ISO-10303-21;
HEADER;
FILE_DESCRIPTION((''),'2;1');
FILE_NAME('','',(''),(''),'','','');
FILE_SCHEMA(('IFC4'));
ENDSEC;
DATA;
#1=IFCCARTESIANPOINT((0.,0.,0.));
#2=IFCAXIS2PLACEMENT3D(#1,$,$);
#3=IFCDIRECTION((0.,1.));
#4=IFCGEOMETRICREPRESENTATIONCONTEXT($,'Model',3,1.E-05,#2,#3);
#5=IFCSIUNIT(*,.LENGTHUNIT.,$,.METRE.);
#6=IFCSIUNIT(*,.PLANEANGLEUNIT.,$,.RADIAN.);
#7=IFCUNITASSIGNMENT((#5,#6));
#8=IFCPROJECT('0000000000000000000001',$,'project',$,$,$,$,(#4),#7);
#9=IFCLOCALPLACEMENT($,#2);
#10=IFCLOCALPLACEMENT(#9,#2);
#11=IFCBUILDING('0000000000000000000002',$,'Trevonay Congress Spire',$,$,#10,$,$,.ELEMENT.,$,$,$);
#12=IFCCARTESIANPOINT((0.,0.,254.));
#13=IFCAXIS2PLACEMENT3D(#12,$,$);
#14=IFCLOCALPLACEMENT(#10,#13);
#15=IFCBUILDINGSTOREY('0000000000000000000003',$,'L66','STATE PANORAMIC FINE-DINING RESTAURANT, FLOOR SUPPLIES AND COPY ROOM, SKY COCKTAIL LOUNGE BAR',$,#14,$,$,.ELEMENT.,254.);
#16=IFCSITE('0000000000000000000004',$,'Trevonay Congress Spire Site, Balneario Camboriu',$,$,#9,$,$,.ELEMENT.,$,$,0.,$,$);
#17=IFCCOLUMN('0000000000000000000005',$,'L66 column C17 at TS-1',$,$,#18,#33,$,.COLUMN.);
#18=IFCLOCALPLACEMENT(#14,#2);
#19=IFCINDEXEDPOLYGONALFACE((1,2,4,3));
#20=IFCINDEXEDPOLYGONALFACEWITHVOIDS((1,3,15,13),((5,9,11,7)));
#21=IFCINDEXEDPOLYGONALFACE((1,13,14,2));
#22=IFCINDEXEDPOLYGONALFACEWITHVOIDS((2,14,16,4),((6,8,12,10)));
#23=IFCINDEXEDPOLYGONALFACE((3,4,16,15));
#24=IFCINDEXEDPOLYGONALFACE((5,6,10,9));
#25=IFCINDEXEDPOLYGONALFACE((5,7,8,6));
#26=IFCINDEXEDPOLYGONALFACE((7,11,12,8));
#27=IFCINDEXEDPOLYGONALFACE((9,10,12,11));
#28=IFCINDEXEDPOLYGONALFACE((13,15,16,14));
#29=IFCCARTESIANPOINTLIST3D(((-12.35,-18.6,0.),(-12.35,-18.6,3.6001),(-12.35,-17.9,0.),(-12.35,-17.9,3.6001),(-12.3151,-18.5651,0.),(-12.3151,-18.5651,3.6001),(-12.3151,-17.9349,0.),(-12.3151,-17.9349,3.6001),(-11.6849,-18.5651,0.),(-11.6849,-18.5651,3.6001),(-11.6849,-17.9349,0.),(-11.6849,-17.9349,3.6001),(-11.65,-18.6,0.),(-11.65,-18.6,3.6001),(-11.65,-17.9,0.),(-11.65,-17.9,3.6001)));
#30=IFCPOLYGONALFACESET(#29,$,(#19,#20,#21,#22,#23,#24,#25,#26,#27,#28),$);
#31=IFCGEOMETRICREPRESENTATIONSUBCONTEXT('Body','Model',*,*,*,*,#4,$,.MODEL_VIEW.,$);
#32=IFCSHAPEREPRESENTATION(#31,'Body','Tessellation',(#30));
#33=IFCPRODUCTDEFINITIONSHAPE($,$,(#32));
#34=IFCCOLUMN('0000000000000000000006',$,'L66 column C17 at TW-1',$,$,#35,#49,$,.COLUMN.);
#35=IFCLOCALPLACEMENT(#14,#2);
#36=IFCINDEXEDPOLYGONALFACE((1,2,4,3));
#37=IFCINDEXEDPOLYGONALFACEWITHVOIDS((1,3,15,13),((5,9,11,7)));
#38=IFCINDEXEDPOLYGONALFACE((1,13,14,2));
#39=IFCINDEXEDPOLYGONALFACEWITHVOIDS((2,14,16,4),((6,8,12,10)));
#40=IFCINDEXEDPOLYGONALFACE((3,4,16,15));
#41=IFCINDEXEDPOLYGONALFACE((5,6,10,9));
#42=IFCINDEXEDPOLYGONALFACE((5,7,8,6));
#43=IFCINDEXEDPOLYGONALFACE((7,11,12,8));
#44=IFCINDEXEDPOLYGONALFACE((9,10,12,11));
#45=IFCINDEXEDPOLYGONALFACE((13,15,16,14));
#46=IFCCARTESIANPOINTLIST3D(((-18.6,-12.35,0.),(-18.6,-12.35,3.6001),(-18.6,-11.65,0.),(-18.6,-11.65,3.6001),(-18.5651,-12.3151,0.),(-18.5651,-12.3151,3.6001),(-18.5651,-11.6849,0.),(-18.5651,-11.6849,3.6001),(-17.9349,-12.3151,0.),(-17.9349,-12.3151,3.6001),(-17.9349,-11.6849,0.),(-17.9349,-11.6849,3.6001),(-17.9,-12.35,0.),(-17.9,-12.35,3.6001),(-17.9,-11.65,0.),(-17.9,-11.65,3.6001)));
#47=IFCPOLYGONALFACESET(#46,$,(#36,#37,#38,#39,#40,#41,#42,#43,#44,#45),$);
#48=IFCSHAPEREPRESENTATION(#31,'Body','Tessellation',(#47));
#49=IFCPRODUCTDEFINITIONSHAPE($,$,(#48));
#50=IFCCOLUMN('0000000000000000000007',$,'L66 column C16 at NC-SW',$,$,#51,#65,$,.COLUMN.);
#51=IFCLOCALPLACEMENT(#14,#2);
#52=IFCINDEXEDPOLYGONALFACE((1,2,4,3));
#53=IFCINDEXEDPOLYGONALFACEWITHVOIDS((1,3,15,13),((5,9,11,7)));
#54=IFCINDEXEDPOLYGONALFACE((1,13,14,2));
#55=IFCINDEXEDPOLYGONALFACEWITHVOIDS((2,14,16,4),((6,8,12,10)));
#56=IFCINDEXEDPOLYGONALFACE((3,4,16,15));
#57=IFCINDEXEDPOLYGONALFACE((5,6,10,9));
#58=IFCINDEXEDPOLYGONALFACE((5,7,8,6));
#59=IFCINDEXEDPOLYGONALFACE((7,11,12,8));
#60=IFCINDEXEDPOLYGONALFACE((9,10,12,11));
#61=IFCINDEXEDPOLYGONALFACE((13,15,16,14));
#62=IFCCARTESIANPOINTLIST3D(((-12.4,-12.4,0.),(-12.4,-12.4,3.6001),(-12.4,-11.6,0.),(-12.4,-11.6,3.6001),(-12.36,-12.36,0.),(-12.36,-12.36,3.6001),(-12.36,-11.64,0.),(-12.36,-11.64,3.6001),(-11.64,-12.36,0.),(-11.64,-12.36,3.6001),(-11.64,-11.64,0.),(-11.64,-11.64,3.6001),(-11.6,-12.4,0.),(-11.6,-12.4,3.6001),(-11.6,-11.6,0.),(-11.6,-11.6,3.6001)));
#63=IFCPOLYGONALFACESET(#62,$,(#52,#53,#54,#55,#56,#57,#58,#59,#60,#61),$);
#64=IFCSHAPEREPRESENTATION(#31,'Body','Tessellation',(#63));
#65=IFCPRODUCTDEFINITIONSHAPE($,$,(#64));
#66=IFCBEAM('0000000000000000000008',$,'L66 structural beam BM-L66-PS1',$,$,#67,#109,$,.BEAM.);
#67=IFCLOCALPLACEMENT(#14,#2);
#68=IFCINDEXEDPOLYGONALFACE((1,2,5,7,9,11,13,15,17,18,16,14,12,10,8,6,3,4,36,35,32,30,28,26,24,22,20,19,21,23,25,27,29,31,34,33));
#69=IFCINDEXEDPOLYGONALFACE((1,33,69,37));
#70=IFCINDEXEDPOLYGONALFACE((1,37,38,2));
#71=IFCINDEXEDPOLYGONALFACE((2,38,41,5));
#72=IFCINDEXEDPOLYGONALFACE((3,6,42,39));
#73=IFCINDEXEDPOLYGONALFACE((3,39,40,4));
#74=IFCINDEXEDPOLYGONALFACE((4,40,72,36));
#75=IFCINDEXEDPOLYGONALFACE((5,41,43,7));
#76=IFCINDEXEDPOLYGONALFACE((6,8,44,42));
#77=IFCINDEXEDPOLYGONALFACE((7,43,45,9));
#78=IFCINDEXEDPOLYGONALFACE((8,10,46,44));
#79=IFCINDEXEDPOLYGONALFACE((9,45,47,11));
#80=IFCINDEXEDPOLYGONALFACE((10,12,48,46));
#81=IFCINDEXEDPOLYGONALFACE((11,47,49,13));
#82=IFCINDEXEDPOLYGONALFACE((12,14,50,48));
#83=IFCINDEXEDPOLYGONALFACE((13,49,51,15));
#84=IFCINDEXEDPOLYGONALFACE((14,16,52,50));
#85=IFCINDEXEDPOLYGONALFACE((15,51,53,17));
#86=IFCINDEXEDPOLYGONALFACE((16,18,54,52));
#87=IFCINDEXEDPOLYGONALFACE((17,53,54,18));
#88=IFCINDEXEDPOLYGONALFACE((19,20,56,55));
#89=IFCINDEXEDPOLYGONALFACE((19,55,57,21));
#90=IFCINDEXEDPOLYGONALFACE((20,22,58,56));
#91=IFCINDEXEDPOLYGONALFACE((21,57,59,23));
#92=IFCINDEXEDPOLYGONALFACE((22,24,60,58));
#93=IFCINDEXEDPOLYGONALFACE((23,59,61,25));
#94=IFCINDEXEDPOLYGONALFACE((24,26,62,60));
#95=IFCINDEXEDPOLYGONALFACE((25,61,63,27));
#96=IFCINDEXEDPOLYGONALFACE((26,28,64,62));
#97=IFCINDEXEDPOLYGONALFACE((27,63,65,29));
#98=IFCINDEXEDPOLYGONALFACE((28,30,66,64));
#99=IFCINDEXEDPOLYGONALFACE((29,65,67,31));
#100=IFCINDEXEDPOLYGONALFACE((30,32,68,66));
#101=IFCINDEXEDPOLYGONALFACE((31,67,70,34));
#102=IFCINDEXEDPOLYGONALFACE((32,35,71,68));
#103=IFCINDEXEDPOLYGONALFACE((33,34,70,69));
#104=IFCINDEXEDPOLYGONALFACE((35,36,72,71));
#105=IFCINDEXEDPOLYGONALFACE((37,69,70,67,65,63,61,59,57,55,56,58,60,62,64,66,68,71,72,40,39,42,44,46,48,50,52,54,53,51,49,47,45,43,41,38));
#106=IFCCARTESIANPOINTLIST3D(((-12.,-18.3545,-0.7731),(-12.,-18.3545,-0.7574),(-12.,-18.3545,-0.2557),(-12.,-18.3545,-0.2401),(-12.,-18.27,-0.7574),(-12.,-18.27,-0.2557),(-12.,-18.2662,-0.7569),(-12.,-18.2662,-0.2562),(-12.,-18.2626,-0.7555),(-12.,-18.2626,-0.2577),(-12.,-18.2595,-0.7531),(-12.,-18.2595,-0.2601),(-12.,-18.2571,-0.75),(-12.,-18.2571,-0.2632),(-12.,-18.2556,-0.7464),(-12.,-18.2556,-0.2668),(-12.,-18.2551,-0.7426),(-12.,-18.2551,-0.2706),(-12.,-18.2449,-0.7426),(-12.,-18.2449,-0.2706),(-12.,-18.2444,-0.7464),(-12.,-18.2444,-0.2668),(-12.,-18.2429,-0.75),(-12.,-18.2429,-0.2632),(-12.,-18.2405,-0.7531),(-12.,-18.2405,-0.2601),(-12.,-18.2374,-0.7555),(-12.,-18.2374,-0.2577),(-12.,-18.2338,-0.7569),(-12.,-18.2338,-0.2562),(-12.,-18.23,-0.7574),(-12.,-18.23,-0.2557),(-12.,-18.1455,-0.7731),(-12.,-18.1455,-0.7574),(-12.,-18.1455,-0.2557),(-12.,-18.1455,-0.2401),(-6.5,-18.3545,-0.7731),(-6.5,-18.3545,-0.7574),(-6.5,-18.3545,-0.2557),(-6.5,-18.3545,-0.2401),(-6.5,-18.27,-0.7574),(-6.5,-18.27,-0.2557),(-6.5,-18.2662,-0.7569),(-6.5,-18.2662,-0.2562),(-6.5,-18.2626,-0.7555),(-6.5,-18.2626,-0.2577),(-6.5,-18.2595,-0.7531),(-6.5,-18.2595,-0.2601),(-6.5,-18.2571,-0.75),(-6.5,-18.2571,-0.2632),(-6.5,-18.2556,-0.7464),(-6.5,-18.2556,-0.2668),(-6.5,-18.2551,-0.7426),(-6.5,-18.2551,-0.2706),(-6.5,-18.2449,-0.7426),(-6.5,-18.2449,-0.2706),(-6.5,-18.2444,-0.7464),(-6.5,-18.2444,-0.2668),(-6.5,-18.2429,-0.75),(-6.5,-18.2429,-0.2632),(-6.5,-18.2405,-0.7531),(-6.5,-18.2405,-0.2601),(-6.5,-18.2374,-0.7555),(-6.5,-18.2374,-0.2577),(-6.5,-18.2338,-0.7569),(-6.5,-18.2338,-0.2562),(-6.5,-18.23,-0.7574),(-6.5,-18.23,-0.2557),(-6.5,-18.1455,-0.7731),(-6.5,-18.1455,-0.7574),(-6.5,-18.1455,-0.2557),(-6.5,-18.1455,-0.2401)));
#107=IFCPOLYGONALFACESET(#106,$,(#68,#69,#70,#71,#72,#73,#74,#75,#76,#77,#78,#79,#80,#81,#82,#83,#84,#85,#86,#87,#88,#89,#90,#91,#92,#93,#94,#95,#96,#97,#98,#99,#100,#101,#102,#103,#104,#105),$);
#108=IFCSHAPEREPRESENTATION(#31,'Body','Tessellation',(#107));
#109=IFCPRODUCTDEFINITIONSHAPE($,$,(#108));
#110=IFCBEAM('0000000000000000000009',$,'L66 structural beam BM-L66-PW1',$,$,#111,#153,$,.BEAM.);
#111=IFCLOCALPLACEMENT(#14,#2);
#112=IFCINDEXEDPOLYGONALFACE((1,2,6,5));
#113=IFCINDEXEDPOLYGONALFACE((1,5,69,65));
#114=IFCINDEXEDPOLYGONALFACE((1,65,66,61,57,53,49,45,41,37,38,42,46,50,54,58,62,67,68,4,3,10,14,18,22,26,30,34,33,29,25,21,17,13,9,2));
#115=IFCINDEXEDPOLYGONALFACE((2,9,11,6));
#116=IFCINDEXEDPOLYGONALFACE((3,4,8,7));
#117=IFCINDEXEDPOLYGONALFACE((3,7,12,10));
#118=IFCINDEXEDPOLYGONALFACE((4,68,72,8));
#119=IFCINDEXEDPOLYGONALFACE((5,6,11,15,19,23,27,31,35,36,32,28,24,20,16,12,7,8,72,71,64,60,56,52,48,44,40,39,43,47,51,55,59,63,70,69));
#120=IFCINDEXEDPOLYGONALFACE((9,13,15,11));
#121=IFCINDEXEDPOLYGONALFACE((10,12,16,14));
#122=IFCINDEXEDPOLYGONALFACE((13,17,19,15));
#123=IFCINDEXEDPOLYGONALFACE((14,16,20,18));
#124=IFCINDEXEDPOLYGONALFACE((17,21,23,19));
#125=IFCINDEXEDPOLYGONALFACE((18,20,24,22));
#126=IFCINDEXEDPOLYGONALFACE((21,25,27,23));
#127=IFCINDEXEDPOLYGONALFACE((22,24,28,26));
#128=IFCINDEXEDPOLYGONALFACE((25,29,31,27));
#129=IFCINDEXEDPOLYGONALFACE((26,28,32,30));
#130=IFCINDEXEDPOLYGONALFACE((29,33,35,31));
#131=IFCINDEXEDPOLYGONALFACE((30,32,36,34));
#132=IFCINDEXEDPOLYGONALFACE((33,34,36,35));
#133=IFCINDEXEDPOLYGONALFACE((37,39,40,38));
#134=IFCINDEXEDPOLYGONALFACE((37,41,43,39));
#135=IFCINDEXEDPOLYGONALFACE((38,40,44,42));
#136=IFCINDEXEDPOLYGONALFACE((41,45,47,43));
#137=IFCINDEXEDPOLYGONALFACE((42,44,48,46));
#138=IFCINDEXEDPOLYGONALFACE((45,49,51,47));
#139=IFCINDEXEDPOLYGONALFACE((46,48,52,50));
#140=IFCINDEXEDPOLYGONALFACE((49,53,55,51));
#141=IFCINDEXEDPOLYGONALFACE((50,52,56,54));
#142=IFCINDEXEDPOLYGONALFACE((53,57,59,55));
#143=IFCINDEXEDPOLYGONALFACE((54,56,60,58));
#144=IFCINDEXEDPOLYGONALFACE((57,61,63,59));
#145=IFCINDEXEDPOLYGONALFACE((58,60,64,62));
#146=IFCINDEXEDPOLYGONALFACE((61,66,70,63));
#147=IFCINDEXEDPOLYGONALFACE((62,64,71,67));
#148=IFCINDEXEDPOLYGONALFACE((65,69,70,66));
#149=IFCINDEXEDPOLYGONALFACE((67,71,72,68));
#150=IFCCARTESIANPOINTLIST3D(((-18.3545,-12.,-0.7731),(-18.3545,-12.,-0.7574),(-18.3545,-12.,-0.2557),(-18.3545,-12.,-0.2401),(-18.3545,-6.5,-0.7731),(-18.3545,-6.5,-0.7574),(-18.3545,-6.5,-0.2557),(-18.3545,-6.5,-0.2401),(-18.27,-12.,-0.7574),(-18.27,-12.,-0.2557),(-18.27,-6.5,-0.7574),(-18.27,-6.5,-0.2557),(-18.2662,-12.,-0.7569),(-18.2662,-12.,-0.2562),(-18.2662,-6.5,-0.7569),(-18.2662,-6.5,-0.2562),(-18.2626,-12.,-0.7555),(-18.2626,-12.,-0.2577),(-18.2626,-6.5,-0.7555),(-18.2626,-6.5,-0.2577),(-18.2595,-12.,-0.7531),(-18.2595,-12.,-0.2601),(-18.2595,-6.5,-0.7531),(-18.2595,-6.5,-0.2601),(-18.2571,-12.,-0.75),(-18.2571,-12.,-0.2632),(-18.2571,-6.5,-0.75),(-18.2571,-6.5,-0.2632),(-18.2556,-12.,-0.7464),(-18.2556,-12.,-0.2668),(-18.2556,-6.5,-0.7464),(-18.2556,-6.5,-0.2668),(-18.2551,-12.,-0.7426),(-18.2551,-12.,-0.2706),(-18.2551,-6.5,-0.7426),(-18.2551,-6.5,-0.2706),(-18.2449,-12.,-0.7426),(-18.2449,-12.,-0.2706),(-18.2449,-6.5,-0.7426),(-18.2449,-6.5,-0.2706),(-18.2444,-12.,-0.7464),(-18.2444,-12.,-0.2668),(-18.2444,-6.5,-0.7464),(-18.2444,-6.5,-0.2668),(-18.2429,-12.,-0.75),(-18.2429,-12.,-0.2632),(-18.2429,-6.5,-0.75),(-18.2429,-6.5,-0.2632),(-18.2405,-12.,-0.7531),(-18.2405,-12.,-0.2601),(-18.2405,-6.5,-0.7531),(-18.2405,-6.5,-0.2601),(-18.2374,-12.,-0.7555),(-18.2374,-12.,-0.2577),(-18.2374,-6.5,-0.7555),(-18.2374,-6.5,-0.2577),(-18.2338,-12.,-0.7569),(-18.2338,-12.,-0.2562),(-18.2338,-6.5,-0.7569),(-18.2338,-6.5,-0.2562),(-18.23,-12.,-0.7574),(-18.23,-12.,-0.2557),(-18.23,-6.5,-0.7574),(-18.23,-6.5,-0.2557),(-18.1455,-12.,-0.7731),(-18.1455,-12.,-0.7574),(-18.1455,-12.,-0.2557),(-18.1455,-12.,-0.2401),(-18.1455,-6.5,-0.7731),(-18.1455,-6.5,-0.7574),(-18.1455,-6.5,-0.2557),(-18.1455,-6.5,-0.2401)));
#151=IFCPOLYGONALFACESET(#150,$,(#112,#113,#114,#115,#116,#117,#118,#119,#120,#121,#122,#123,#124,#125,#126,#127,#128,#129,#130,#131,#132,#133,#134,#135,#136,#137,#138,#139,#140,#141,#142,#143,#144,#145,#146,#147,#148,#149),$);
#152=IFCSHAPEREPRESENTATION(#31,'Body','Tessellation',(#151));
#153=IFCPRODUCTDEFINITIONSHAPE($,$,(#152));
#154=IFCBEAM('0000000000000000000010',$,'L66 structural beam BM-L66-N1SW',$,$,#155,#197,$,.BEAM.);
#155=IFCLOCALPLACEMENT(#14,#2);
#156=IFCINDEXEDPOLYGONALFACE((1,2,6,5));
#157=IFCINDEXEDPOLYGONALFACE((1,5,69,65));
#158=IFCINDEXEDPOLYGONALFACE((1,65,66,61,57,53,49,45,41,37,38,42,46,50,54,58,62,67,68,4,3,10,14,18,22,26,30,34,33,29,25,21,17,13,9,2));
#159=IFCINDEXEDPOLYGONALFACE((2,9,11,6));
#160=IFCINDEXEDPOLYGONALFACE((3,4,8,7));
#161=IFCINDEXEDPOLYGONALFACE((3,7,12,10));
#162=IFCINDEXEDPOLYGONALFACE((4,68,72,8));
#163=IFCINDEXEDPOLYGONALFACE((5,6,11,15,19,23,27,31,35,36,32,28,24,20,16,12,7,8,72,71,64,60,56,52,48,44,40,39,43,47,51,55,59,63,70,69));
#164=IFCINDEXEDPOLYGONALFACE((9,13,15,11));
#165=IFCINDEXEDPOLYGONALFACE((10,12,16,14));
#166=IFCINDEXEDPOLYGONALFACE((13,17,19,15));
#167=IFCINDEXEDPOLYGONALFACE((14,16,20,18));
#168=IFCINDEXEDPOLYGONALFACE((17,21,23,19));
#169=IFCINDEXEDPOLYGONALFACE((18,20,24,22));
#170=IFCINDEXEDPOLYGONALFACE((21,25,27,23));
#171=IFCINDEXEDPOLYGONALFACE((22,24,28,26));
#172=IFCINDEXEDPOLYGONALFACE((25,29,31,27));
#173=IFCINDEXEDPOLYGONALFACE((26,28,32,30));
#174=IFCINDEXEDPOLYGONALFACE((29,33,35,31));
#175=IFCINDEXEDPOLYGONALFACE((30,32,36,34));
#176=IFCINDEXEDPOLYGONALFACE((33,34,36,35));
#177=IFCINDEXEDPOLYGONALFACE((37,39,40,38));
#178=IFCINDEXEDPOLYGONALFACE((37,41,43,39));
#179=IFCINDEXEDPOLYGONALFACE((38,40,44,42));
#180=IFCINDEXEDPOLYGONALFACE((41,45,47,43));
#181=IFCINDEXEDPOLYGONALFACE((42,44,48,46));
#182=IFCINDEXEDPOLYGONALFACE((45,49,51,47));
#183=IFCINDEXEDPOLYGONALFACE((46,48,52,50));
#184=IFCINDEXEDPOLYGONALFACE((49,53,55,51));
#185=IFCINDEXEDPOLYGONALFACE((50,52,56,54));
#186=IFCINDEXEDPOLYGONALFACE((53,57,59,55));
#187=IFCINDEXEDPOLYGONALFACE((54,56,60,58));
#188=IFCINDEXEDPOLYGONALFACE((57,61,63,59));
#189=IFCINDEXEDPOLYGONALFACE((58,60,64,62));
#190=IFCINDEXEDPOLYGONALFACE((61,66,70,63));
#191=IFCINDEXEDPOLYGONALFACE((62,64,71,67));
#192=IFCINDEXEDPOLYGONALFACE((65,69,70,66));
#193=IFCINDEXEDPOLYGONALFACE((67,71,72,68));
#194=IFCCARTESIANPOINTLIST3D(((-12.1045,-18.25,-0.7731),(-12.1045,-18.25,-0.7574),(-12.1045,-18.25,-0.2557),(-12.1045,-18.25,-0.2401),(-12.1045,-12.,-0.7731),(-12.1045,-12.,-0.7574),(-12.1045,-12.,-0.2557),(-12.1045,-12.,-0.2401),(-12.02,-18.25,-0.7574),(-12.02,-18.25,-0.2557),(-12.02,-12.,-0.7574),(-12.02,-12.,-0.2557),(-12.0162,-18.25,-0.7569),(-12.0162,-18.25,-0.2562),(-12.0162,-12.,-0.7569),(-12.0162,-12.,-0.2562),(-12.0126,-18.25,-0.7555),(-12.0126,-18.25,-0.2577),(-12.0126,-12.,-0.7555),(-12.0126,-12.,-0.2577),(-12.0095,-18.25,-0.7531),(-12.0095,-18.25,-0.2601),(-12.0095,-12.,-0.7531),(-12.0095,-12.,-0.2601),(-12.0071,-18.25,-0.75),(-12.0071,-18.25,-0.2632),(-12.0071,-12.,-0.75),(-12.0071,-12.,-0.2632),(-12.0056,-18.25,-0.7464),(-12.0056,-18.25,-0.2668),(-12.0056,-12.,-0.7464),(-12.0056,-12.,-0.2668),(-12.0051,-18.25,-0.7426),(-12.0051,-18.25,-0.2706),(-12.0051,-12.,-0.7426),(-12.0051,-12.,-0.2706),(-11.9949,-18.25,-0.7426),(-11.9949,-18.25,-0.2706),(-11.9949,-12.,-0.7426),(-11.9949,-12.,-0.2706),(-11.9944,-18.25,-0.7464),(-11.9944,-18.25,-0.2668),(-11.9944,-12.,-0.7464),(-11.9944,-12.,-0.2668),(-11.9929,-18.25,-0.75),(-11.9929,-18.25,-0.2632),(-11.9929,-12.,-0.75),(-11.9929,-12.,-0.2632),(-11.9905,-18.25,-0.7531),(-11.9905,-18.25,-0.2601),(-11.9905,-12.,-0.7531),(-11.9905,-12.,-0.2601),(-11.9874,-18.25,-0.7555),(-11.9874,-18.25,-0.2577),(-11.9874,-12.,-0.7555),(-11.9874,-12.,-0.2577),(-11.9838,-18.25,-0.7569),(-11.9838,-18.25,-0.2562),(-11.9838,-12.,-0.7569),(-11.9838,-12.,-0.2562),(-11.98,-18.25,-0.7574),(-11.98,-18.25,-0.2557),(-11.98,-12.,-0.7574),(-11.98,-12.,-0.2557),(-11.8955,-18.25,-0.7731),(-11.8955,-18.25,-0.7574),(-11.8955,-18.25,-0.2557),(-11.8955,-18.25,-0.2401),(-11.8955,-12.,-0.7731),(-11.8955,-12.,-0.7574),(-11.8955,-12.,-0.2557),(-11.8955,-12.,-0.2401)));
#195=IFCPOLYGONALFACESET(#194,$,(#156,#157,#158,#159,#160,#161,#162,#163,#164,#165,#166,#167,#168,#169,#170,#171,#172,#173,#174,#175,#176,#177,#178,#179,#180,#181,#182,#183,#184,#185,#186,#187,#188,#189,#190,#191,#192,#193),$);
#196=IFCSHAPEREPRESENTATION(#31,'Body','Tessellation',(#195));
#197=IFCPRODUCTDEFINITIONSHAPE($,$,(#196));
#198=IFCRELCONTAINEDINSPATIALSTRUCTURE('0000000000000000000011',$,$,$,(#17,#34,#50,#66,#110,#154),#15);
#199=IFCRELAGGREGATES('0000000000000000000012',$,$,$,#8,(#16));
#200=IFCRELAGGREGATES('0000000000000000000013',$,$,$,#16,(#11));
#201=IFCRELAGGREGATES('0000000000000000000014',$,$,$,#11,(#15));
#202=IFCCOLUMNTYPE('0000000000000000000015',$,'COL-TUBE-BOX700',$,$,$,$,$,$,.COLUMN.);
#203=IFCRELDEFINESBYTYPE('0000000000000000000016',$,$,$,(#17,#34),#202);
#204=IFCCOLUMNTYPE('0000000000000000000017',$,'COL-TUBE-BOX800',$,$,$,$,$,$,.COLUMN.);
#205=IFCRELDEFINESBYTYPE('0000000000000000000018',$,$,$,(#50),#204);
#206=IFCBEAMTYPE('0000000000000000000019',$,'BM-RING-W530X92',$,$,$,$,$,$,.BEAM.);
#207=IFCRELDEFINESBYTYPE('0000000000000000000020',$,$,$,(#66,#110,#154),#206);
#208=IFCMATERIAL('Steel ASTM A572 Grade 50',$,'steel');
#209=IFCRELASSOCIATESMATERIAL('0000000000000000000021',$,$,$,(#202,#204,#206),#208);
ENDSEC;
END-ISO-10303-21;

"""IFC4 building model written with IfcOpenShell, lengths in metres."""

from ifc_helpers import new_model, si_unit, direction, frame, origin, origin_2d, place, context, subcontext, project, spatial, hollow_rectangle, i_section, extrude, material, material_profile, profile_set, type_object, element, save


model = new_model("IFC4")

# Units and contexts
model_context = context("Model", 3, precision=1e-05, world=origin(), true_north=direction((0.0, 1.0)))
body_context = subcontext(model_context, "Body", "Model", "MODEL_VIEW")
ifc_project = project(units=[si_unit("LENGTHUNIT", "METRE"), si_unit("PLANEANGLEUNIT", "RADIAN")], contexts=[model_context])

# Site, building, storey
site_placement = place(None, origin())
site = spatial("IfcSite", under=ifc_project, at=site_placement, Name="Trevonay Congress Spire Site, Balneario Camboriu", CompositionType="ELEMENT", RefElevation=0.0)
building_placement = place(site_placement, origin())
building = spatial("IfcBuilding", under=site, at=building_placement, Name="Trevonay Congress Spire", CompositionType="ELEMENT")
storey_placement = place(building_placement, frame((0.0, 0.0, 254.0)))
storey = spatial("IfcBuildingStorey", under=building, at=storey_placement, Name="L66", Description="STATE PANORAMIC FINE-DINING RESTAURANT, FLOOR SUPPLIES AND COPY ROOM, SKY COCKTAIL LOUNGE BAR", CompositionType="ELEMENT", Elevation=254.0)

# Columns
ifc_material_1 = material(Name="Steel ASTM A572 Grade 50", Category="steel")
ifc_material_profile_1 = material_profile(ifc_material_1, hollow_rectangle(XDim=0.7, YDim=0.7, WallThickness=0.0349, at=origin_2d()), Name="BOX 700x700x35")
ifc_profile_set_1 = profile_set([ifc_material_profile_1], Name="Steel ASTM A572 Grade 50")
column_type_1 = type_object("IfcColumnType", Name="COL-TUBE-BOX700", PredefinedType="COLUMN", material=ifc_profile_set_1)
for number, where, z_axis, x_axis, name in (
    (1, (-12.0, -18.25, 0.0), (0.0, 0.0, 1.0), (1.0, 0.0, 0.0), "L66 column C17 at TS-1"),
    (2, (-18.25, -12.0, 0.0), (0.0, 0.0, 1.0), (1.0, 0.0, 0.0), "L66 column C17 at TW-1"),
):
    element("IfcColumn", number, at=place(storey_placement, frame(where, z_axis=z_axis, x_axis=x_axis)), inside=storey, type_object=column_type_1, Name=name, PredefinedType="COLUMN", context=body_context, shape_type="SweptSolid", body=[
        extrude(hollow_rectangle(XDim=0.7, YDim=0.7, WallThickness=0.0349, at=origin_2d()), origin(), (0.0, 0.0, 1.0), 3.6001),
    ])
ifc_material_profile_2 = material_profile(ifc_material_1, hollow_rectangle(XDim=0.8, YDim=0.8, WallThickness=0.04, at=origin_2d()), Name="BOX 800x800x40")
ifc_profile_set_2 = profile_set([ifc_material_profile_2], Name="Steel ASTM A572 Grade 50")
column_type_2 = type_object("IfcColumnType", Name="COL-TUBE-BOX800", PredefinedType="COLUMN", material=ifc_profile_set_2)
column_placement = place(storey_placement, frame((-12.0, -12.0, 0.0), z_axis=(0.0, 0.0, 1.0), x_axis=(1.0, 0.0, 0.0)))
element("IfcColumn", 3, at=column_placement, inside=storey, type_object=column_type_2, Name="L66 column C16 at NC-SW", PredefinedType="COLUMN", context=body_context, shape_type="SweptSolid", body=[
    extrude(hollow_rectangle(XDim=0.8, YDim=0.8, WallThickness=0.04, at=origin_2d()), origin(), (0.0, 0.0, 1.0), 3.6001),
])

# Beams
ifc_material_profile_3 = material_profile(ifc_material_1, i_section(OverallWidth=0.209, OverallDepth=0.533, WebThickness=0.0103, FlangeThickness=0.0156, FilletRadius=0.0149, at=origin_2d()), Name="W530x92")
ifc_profile_set_3 = profile_set([ifc_material_profile_3], Name="Steel ASTM A572 Grade 50")
beam_type = type_object("IfcBeamType", Name="BM-RING-W530X92", PredefinedType="BEAM", material=ifc_profile_set_3)
for number, where, z_axis, x_axis, name in (
    (4, (-12.0, -18.25, -0.5066), (1.0, 0.0, 0.0), (0.0, 1.0, 0.0), "L66 structural beam BM-L66-PS1"),
    (5, (-18.25, -12.0, -0.5066), (0.0, 1.0, 0.0), (-1.0, 0.0, 0.0), "L66 structural beam BM-L66-PW1"),
):
    element("IfcBeam", number, at=place(storey_placement, frame(where, z_axis=z_axis, x_axis=x_axis)), inside=storey, type_object=beam_type, Name=name, PredefinedType="BEAM", context=body_context, shape_type="SweptSolid", body=[
        extrude(i_section(OverallWidth=0.209, OverallDepth=0.533, WebThickness=0.0103, FlangeThickness=0.0156, FilletRadius=0.0149, at=origin_2d()), origin(), (0.0, 0.0, 1.0), 5.5),
    ])
for number, where, z_axis, x_axis, name in (
    (6, (-12.0, -18.25, -0.5066), (0.0, 1.0, 0.0), (-1.0, 0.0, 0.0), "L66 structural beam BM-L66-N1SW"),
):
    element("IfcBeam", number, at=place(storey_placement, frame(where, z_axis=z_axis, x_axis=x_axis)), inside=storey, type_object=beam_type, Name=name, PredefinedType="BEAM", context=body_context, shape_type="SweptSolid", body=[
        extrude(i_section(OverallWidth=0.209, OverallDepth=0.533, WebThickness=0.0103, FlangeThickness=0.0156, FilletRadius=0.0149, at=origin_2d()), origin(), (0.0, 0.0, 1.0), 6.25),
    ])

save(model, "model.ifc")
